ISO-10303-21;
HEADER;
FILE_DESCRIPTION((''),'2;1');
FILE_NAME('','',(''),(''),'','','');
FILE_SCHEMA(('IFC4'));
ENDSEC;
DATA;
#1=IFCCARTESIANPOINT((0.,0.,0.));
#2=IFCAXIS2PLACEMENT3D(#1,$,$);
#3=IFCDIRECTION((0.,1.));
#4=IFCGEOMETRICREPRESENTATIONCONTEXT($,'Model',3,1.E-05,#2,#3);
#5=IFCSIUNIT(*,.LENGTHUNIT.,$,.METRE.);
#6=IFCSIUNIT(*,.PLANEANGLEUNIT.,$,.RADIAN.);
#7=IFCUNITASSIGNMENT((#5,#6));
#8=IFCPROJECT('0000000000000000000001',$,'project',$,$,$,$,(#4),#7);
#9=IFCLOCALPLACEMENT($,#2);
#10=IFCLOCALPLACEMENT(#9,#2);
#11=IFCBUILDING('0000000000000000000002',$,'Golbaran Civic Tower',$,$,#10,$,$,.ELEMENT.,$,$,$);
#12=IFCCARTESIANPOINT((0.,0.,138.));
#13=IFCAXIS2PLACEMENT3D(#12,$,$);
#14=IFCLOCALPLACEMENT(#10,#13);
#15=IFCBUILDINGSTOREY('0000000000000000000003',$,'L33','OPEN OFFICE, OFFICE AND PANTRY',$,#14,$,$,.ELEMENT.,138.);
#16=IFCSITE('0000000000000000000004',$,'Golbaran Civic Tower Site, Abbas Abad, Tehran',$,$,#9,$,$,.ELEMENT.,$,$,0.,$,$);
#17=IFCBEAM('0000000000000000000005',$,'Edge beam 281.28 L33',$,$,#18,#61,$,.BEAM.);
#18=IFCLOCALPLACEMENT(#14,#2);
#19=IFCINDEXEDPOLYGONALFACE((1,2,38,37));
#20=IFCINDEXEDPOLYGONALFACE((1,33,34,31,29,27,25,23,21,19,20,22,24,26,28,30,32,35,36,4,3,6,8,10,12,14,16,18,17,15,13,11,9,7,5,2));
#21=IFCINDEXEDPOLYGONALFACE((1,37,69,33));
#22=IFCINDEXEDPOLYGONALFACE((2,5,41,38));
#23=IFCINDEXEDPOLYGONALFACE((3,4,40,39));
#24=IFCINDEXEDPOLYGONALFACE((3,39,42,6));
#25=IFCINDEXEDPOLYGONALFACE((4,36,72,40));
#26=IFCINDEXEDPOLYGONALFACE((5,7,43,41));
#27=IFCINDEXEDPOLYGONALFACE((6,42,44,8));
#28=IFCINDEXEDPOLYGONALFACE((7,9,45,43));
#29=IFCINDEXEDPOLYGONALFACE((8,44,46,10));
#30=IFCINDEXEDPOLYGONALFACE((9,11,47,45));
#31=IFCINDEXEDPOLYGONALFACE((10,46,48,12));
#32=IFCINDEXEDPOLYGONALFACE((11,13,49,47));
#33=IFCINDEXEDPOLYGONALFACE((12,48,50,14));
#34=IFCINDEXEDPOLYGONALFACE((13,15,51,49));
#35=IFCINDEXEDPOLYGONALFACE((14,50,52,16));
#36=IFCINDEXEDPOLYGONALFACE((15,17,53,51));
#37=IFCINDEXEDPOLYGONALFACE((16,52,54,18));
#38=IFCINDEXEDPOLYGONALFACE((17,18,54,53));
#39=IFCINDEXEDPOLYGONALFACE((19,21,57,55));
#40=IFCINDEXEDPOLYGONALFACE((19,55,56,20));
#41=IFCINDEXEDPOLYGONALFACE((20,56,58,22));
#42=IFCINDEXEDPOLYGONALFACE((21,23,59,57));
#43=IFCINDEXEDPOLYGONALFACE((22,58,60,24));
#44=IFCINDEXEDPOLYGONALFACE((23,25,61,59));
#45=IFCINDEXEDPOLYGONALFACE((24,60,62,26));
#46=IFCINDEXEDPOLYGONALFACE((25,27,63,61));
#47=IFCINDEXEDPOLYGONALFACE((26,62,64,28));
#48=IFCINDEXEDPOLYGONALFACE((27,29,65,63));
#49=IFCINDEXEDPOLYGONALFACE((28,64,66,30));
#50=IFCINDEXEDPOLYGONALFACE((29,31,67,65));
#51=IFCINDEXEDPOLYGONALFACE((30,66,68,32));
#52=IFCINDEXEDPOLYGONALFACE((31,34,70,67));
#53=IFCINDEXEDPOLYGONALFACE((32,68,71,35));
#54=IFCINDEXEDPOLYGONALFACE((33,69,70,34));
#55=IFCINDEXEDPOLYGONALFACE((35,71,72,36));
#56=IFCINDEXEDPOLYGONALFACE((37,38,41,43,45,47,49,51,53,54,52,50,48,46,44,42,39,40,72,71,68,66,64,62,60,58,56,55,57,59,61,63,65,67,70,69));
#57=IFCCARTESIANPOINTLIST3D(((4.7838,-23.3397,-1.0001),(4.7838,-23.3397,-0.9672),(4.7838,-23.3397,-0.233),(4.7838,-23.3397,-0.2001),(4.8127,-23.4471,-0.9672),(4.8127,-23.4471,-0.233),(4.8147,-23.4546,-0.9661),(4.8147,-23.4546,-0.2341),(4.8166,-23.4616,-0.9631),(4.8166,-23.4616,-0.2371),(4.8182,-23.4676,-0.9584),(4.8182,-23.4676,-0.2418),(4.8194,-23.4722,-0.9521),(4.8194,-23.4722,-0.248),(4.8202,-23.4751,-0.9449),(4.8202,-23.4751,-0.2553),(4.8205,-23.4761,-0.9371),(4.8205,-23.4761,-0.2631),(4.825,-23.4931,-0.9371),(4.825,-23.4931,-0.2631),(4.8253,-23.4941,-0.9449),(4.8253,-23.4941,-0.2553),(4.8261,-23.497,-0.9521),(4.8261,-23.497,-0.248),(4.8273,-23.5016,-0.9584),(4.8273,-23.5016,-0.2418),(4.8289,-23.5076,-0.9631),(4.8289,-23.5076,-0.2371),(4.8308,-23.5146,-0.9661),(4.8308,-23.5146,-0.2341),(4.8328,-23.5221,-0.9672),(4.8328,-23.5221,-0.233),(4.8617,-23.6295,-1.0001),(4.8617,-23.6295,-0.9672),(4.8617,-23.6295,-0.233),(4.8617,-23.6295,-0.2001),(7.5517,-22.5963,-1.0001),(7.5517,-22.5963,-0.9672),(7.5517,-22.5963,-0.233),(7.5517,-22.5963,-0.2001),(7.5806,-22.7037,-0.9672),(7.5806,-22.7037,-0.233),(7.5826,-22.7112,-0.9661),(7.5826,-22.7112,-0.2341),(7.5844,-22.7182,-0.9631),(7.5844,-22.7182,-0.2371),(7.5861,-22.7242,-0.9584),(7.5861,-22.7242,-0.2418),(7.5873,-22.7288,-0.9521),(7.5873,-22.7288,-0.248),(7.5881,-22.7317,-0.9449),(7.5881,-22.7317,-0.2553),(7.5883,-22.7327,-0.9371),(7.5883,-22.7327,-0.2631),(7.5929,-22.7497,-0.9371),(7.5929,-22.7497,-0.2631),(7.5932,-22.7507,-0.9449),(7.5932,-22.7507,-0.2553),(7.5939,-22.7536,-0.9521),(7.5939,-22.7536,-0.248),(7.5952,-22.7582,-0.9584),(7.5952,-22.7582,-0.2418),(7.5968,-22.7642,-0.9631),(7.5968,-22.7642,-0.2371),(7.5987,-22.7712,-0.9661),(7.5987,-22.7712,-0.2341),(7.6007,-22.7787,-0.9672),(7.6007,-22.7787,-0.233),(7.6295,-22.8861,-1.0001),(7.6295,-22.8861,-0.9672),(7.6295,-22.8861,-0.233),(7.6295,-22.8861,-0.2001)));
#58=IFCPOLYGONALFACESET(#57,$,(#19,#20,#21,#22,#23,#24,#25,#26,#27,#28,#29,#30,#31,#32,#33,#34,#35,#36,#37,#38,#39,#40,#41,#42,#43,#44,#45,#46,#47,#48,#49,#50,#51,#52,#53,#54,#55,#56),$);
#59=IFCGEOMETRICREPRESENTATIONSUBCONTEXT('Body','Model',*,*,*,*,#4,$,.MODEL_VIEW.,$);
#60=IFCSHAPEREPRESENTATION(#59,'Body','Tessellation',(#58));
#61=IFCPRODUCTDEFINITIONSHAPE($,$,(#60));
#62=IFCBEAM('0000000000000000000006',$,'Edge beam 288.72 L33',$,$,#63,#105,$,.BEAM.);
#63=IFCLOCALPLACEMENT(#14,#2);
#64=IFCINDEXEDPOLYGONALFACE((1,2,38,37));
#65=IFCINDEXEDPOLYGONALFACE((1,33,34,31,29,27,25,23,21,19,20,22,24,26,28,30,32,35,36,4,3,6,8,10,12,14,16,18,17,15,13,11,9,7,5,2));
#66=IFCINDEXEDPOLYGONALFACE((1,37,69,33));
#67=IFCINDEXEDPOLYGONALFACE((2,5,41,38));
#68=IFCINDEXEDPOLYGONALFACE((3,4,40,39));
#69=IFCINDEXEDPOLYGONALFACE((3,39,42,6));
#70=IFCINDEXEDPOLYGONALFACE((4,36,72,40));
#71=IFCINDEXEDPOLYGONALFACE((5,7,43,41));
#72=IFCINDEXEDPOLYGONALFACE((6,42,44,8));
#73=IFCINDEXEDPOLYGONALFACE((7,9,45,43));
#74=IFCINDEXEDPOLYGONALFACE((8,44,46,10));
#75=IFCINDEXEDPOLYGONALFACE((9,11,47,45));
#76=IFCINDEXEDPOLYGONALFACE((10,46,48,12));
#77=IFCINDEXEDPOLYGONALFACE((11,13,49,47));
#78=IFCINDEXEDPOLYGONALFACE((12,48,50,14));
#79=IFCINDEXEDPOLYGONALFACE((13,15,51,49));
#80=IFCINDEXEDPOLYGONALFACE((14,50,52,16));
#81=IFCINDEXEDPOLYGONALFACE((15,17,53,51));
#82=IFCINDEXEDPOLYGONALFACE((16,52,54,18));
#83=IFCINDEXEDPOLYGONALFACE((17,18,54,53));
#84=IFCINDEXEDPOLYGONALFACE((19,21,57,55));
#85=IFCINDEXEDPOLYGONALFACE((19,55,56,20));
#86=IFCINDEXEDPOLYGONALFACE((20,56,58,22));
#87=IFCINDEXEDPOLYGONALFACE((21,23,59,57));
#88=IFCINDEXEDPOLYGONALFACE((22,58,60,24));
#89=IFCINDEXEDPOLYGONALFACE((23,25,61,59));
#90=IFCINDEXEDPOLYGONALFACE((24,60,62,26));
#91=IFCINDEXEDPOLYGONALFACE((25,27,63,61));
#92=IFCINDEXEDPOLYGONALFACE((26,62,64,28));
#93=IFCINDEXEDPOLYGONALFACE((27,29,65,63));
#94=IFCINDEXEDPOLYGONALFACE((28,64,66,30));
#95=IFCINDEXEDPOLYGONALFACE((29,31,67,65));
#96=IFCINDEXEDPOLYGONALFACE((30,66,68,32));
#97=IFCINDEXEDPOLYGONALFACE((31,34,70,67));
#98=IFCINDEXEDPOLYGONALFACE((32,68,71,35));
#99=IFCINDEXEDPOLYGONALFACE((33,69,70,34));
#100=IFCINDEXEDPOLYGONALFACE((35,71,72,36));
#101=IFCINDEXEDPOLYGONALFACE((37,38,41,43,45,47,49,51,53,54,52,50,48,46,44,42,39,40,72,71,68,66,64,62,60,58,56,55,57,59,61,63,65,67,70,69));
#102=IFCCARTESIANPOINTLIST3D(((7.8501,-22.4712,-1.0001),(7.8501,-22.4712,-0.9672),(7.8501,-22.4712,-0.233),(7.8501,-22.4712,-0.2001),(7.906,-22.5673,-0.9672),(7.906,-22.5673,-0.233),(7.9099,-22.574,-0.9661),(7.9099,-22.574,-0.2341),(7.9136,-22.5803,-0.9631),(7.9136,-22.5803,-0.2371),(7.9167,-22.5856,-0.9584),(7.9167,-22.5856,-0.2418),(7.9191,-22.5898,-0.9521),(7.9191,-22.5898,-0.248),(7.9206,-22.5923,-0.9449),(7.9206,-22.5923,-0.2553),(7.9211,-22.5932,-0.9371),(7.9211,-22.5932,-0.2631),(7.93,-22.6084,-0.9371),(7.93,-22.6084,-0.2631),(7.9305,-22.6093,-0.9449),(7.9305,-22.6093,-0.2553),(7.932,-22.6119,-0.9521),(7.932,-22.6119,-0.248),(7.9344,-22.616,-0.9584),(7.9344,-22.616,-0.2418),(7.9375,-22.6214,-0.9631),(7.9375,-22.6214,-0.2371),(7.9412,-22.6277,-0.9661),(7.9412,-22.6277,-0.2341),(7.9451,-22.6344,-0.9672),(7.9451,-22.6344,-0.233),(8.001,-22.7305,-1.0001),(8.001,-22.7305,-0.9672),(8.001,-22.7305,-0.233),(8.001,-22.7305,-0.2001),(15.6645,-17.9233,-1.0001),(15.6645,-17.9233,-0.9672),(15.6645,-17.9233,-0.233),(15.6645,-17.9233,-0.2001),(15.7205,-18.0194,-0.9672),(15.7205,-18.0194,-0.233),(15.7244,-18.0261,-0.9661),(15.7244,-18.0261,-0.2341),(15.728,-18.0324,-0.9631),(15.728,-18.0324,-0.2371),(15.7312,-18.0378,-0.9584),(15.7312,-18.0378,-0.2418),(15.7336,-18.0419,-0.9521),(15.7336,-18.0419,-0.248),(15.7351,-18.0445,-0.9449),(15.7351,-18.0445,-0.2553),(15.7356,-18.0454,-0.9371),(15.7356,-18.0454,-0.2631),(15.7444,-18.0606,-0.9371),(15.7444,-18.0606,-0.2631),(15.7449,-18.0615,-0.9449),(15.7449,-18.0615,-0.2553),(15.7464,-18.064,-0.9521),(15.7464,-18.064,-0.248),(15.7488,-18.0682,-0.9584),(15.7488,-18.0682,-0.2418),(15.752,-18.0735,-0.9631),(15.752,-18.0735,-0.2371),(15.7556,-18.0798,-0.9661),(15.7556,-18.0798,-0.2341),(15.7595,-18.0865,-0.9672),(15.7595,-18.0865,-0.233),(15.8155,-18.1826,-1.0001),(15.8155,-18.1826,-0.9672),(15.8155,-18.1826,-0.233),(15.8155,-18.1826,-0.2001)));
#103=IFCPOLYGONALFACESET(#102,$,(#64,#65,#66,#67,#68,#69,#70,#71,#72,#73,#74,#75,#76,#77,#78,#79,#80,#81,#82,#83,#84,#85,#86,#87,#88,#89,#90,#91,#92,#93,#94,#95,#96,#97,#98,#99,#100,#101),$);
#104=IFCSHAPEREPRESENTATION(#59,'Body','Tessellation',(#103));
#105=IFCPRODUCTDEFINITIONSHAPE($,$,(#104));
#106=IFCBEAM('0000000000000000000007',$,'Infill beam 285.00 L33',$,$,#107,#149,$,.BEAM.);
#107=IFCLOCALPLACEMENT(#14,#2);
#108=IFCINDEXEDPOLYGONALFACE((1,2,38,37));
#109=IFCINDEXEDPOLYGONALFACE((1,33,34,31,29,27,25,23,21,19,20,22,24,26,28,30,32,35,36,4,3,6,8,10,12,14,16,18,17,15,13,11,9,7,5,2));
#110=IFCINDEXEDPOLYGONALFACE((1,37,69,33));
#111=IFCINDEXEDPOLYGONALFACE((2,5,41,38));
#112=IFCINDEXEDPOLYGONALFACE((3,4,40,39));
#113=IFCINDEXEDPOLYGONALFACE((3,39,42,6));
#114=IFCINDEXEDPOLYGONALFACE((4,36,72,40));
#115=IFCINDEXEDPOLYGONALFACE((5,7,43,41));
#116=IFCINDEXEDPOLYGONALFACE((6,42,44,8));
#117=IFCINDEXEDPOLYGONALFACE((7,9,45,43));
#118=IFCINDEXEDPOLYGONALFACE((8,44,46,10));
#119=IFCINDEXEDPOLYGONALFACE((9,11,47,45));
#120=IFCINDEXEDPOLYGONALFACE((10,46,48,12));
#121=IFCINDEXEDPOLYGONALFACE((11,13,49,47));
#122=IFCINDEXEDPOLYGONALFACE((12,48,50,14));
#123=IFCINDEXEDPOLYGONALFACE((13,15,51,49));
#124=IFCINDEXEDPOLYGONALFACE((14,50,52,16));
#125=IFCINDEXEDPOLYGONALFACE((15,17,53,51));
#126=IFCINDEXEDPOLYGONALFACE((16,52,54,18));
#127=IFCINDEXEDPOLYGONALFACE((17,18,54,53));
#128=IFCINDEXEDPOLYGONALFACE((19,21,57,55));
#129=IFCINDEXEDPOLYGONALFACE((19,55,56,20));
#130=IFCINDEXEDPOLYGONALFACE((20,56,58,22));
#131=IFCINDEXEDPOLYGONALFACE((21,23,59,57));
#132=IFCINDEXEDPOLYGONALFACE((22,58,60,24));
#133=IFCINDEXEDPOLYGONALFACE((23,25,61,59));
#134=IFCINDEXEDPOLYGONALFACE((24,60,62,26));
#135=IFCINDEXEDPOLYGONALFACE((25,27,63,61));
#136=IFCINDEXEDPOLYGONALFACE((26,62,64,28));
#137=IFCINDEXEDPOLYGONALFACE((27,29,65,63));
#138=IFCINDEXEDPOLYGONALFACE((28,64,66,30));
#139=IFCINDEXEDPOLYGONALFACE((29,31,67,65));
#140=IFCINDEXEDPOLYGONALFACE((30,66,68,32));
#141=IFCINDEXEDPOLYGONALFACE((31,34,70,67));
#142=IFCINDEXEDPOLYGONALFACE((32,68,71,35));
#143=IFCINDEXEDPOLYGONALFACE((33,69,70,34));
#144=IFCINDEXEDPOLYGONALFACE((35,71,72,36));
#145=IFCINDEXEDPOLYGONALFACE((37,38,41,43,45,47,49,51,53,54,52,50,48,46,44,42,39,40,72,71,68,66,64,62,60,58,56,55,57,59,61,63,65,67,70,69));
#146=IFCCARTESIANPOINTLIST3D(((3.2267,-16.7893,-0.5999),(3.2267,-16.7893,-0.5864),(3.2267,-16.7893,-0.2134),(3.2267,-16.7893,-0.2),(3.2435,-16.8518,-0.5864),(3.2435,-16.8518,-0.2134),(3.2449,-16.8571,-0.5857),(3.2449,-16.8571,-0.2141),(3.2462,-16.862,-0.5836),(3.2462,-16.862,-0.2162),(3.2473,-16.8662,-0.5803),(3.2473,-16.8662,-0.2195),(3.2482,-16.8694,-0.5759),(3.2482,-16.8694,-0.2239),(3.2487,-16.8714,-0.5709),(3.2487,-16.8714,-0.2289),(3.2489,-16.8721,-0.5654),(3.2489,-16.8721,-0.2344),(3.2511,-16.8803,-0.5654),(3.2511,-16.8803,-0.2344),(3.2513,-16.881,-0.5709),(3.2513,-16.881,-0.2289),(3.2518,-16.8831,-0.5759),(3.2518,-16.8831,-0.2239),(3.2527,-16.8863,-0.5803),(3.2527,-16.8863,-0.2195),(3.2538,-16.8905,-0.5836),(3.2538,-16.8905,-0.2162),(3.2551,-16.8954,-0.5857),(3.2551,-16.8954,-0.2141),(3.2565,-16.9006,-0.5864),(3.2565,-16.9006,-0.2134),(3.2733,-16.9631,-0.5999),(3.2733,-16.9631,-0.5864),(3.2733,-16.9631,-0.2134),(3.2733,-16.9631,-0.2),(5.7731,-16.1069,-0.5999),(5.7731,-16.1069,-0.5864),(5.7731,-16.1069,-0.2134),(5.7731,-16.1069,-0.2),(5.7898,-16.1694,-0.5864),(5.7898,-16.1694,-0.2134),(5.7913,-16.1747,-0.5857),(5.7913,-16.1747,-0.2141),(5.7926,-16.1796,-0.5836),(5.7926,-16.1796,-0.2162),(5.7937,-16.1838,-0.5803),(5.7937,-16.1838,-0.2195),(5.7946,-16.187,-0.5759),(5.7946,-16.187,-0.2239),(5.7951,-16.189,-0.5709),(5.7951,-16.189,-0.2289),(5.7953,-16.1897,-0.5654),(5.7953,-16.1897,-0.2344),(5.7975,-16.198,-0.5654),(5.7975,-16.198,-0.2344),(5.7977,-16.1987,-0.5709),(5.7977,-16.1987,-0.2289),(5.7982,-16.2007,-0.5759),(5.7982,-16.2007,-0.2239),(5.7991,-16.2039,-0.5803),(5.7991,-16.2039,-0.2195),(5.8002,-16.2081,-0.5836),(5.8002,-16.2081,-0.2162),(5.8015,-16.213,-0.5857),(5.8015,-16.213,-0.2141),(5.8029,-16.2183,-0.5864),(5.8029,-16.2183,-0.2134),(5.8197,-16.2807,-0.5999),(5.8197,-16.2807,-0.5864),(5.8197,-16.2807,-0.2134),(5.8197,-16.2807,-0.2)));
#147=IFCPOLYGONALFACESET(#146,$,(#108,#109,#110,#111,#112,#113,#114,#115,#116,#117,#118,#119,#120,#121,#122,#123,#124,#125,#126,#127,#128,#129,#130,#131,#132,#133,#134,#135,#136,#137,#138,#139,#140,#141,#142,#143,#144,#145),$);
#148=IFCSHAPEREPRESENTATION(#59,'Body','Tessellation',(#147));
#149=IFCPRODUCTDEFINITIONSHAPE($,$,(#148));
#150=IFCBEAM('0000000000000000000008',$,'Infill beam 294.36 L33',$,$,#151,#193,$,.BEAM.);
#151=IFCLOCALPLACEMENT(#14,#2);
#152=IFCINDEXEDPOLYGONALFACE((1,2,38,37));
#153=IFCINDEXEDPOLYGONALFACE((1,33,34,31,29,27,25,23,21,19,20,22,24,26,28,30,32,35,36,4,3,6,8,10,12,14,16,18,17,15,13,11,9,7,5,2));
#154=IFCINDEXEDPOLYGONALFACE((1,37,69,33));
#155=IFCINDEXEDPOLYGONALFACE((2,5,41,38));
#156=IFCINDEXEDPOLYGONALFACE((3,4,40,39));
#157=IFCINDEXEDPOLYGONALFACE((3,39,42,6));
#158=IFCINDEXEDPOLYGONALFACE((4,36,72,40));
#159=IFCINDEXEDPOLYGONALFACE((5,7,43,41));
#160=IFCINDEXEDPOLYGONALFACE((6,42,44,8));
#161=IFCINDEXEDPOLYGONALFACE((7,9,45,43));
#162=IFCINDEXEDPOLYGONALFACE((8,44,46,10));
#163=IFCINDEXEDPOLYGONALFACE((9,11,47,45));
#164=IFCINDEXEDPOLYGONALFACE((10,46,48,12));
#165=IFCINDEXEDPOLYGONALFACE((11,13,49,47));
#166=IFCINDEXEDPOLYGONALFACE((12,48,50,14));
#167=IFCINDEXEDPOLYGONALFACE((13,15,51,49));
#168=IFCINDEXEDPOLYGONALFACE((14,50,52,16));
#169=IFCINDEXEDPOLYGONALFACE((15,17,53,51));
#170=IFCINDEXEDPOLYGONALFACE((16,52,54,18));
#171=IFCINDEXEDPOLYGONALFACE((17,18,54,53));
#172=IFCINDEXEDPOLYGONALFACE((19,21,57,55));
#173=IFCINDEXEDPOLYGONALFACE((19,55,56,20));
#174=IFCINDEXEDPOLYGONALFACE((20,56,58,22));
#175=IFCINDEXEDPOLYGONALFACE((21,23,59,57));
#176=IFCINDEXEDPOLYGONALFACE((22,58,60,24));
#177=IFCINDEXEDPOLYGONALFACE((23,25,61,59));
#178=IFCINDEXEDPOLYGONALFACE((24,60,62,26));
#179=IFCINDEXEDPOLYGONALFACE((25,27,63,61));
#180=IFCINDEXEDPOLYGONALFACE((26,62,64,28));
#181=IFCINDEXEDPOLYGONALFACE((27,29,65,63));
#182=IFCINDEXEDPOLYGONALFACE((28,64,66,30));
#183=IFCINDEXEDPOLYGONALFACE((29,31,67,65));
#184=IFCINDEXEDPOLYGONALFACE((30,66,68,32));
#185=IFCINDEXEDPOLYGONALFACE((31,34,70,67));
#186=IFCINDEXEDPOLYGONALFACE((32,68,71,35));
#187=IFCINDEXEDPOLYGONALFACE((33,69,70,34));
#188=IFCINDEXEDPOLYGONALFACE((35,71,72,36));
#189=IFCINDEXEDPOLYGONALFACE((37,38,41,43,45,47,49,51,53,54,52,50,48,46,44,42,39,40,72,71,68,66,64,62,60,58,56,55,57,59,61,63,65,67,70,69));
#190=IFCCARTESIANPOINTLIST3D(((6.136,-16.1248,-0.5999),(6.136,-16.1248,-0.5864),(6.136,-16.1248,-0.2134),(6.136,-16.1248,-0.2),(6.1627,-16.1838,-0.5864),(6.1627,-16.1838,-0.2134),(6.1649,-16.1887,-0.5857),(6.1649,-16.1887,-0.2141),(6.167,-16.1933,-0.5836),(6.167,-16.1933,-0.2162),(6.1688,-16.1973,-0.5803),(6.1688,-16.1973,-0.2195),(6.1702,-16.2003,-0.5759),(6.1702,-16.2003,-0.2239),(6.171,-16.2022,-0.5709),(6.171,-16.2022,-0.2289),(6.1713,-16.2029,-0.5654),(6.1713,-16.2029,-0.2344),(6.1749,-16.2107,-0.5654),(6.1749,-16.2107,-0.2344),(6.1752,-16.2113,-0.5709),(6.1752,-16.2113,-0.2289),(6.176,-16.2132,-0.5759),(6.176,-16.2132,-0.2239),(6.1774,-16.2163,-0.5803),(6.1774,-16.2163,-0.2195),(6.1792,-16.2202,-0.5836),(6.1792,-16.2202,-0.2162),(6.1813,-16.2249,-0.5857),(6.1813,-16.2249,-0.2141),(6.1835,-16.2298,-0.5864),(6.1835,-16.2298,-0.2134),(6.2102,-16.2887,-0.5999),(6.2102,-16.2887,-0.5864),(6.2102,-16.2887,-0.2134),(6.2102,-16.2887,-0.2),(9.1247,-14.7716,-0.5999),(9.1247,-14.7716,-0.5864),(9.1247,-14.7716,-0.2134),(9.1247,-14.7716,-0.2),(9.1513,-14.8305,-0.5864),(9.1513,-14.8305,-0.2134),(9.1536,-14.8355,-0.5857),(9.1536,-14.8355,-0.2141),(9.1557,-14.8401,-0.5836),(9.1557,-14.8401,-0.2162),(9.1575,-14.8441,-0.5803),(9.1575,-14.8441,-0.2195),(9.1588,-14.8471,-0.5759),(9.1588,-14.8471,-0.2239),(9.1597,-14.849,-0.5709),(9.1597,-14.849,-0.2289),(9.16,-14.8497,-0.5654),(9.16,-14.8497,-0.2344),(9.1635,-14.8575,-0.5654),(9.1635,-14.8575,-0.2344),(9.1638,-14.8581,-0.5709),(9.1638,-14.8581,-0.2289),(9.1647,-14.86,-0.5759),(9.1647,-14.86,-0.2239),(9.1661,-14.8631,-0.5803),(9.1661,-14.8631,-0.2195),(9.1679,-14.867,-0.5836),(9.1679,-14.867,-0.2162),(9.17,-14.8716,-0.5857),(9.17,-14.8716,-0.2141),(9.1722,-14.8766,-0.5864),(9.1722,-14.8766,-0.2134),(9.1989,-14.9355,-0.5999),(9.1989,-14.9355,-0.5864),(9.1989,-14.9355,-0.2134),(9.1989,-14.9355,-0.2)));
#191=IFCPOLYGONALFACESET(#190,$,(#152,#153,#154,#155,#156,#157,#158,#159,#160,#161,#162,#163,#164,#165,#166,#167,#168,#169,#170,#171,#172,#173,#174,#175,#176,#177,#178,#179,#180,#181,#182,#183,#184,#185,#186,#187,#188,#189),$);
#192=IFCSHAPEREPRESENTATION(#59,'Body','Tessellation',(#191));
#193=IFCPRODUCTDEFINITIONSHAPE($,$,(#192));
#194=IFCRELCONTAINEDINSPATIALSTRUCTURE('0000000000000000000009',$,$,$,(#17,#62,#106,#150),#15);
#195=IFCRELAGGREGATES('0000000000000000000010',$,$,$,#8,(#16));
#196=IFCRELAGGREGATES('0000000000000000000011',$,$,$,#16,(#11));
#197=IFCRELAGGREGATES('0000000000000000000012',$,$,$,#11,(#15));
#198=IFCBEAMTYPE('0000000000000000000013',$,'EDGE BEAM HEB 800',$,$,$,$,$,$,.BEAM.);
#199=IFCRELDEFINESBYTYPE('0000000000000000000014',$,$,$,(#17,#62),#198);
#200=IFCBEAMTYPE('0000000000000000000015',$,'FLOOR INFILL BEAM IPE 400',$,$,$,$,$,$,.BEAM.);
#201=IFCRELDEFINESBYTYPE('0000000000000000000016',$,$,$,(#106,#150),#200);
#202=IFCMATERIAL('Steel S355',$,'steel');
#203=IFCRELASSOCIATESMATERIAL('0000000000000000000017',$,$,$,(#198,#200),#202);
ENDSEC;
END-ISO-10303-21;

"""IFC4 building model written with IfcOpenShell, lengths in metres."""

from ifc_helpers import new_model, si_unit, direction, frame, origin, origin_2d, place, context, subcontext, project, spatial, i_section, extrude, material, material_profile, profile_set, type_object, element, save


model = new_model("IFC4")

# Units and contexts
model_context = context("Model", 3, precision=1e-05, world=origin(), true_north=direction((0.0, 1.0)))
body_context = subcontext(model_context, "Body", "Model", "MODEL_VIEW")
ifc_project = project(units=[si_unit("LENGTHUNIT", "METRE"), si_unit("PLANEANGLEUNIT", "RADIAN")], contexts=[model_context])

# Site, building, storey
site_placement = place(None, origin())
site = spatial("IfcSite", under=ifc_project, at=site_placement, Name="Golbaran Civic Tower Site, Abbas Abad, Tehran", CompositionType="ELEMENT", RefElevation=0.0)
building_placement = place(site_placement, origin())
building = spatial("IfcBuilding", under=site, at=building_placement, Name="Golbaran Civic Tower", CompositionType="ELEMENT")
storey_placement = place(building_placement, frame((0.0, 0.0, 138.0)))
storey = spatial("IfcBuildingStorey", under=building, at=storey_placement, Name="L33", Description="OPEN OFFICE, OFFICE AND PANTRY", CompositionType="ELEMENT", Elevation=138.0)

# Beams
ifc_material_1 = material(Name="Steel S355", Category="steel")
ifc_material_profile_1 = material_profile(ifc_material_1, i_section(OverallWidth=0.3, OverallDepth=0.8, WebThickness=0.0176, FlangeThickness=0.033, FilletRadius=0.03, at=origin_2d()), Name="HEB 800")
ifc_profile_set_1 = profile_set([ifc_material_profile_1], Name="Steel S355")
beam_type_1 = type_object("IfcBeamType", Name="EDGE BEAM HEB 800", PredefinedType="BEAM", material=ifc_profile_set_1)
beam_1_placement = place(storey_placement, frame((4.8228, -23.4846, -0.6001), z_axis=(0.965771, 0.259396, 0.0), x_axis=(-0.259396, 0.965771, 0.0)))
element("IfcBeam", 1, at=beam_1_placement, inside=storey, type_object=beam_type_1, Name="Edge beam 281.28 L33", PredefinedType="BEAM", context=body_context, shape_type="SweptSolid", body=[
    extrude(i_section(OverallWidth=0.3, OverallDepth=0.8, WebThickness=0.0176, FlangeThickness=0.033, FilletRadius=0.03, at=origin_2d()), origin(), (0.0, 0.0, 1.0), 2.866),
])
beam_2_placement = place(storey_placement, frame((7.9255, -22.6008, -0.6001), z_axis=(0.864288, 0.502998, 0.0), x_axis=(-0.502998, 0.864288, 0.0)))
element("IfcBeam", 2, at=beam_2_placement, inside=storey, type_object=beam_type_1, Name="Edge beam 288.72 L33", PredefinedType="BEAM", context=body_context, shape_type="SweptSolid", body=[
    extrude(i_section(OverallWidth=0.3, OverallDepth=0.8, WebThickness=0.0176, FlangeThickness=0.033, FilletRadius=0.03, at=origin_2d()), origin(), (0.0, 0.0, 1.0), 9.0415),
])
ifc_material_profile_2 = material_profile(ifc_material_1, i_section(OverallWidth=0.1799, OverallDepth=0.3999, WebThickness=0.0085, FlangeThickness=0.0134, FilletRadius=0.021, at=origin_2d()), Name="IPE 400")
ifc_profile_set_2 = profile_set([ifc_material_profile_2], Name="Steel S355")
beam_type_2 = type_object("IfcBeamType", Name="FLOOR INFILL BEAM IPE 400", PredefinedType="BEAM", material=ifc_profile_set_2)
beam_3_placement = place(storey_placement, frame((3.25, -16.8762, -0.3999), z_axis=(0.965919, 0.258844, 0.0), x_axis=(-0.258844, 0.965919, 0.0)))
element("IfcBeam", 3, at=beam_3_placement, inside=storey, type_object=beam_type_2, Name="Infill beam 285.00 L33", PredefinedType="BEAM", context=body_context, shape_type="SweptSolid", body=[
    extrude(i_section(OverallWidth=0.1799, OverallDepth=0.3999, WebThickness=0.0085, FlangeThickness=0.0134, FilletRadius=0.021, at=origin_2d()), origin(), (0.0, 0.0, 1.0), 2.6362),
])
beam_4_placement = place(storey_placement, frame((6.1731, -16.2068, -0.3999), z_axis=(0.910969, 0.412474, 0.0), x_axis=(-0.412474, 0.910969, 0.0)))
element("IfcBeam", 4, at=beam_4_placement, inside=storey, type_object=beam_type_2, Name="Infill beam 294.36 L33", PredefinedType="BEAM", context=body_context, shape_type="SweptSolid", body=[
    extrude(i_section(OverallWidth=0.1799, OverallDepth=0.3999, WebThickness=0.0085, FlangeThickness=0.0134, FilletRadius=0.021, at=origin_2d()), origin(), (0.0, 0.0, 1.0), 3.2808),
])

save(model, "model.ifc")
